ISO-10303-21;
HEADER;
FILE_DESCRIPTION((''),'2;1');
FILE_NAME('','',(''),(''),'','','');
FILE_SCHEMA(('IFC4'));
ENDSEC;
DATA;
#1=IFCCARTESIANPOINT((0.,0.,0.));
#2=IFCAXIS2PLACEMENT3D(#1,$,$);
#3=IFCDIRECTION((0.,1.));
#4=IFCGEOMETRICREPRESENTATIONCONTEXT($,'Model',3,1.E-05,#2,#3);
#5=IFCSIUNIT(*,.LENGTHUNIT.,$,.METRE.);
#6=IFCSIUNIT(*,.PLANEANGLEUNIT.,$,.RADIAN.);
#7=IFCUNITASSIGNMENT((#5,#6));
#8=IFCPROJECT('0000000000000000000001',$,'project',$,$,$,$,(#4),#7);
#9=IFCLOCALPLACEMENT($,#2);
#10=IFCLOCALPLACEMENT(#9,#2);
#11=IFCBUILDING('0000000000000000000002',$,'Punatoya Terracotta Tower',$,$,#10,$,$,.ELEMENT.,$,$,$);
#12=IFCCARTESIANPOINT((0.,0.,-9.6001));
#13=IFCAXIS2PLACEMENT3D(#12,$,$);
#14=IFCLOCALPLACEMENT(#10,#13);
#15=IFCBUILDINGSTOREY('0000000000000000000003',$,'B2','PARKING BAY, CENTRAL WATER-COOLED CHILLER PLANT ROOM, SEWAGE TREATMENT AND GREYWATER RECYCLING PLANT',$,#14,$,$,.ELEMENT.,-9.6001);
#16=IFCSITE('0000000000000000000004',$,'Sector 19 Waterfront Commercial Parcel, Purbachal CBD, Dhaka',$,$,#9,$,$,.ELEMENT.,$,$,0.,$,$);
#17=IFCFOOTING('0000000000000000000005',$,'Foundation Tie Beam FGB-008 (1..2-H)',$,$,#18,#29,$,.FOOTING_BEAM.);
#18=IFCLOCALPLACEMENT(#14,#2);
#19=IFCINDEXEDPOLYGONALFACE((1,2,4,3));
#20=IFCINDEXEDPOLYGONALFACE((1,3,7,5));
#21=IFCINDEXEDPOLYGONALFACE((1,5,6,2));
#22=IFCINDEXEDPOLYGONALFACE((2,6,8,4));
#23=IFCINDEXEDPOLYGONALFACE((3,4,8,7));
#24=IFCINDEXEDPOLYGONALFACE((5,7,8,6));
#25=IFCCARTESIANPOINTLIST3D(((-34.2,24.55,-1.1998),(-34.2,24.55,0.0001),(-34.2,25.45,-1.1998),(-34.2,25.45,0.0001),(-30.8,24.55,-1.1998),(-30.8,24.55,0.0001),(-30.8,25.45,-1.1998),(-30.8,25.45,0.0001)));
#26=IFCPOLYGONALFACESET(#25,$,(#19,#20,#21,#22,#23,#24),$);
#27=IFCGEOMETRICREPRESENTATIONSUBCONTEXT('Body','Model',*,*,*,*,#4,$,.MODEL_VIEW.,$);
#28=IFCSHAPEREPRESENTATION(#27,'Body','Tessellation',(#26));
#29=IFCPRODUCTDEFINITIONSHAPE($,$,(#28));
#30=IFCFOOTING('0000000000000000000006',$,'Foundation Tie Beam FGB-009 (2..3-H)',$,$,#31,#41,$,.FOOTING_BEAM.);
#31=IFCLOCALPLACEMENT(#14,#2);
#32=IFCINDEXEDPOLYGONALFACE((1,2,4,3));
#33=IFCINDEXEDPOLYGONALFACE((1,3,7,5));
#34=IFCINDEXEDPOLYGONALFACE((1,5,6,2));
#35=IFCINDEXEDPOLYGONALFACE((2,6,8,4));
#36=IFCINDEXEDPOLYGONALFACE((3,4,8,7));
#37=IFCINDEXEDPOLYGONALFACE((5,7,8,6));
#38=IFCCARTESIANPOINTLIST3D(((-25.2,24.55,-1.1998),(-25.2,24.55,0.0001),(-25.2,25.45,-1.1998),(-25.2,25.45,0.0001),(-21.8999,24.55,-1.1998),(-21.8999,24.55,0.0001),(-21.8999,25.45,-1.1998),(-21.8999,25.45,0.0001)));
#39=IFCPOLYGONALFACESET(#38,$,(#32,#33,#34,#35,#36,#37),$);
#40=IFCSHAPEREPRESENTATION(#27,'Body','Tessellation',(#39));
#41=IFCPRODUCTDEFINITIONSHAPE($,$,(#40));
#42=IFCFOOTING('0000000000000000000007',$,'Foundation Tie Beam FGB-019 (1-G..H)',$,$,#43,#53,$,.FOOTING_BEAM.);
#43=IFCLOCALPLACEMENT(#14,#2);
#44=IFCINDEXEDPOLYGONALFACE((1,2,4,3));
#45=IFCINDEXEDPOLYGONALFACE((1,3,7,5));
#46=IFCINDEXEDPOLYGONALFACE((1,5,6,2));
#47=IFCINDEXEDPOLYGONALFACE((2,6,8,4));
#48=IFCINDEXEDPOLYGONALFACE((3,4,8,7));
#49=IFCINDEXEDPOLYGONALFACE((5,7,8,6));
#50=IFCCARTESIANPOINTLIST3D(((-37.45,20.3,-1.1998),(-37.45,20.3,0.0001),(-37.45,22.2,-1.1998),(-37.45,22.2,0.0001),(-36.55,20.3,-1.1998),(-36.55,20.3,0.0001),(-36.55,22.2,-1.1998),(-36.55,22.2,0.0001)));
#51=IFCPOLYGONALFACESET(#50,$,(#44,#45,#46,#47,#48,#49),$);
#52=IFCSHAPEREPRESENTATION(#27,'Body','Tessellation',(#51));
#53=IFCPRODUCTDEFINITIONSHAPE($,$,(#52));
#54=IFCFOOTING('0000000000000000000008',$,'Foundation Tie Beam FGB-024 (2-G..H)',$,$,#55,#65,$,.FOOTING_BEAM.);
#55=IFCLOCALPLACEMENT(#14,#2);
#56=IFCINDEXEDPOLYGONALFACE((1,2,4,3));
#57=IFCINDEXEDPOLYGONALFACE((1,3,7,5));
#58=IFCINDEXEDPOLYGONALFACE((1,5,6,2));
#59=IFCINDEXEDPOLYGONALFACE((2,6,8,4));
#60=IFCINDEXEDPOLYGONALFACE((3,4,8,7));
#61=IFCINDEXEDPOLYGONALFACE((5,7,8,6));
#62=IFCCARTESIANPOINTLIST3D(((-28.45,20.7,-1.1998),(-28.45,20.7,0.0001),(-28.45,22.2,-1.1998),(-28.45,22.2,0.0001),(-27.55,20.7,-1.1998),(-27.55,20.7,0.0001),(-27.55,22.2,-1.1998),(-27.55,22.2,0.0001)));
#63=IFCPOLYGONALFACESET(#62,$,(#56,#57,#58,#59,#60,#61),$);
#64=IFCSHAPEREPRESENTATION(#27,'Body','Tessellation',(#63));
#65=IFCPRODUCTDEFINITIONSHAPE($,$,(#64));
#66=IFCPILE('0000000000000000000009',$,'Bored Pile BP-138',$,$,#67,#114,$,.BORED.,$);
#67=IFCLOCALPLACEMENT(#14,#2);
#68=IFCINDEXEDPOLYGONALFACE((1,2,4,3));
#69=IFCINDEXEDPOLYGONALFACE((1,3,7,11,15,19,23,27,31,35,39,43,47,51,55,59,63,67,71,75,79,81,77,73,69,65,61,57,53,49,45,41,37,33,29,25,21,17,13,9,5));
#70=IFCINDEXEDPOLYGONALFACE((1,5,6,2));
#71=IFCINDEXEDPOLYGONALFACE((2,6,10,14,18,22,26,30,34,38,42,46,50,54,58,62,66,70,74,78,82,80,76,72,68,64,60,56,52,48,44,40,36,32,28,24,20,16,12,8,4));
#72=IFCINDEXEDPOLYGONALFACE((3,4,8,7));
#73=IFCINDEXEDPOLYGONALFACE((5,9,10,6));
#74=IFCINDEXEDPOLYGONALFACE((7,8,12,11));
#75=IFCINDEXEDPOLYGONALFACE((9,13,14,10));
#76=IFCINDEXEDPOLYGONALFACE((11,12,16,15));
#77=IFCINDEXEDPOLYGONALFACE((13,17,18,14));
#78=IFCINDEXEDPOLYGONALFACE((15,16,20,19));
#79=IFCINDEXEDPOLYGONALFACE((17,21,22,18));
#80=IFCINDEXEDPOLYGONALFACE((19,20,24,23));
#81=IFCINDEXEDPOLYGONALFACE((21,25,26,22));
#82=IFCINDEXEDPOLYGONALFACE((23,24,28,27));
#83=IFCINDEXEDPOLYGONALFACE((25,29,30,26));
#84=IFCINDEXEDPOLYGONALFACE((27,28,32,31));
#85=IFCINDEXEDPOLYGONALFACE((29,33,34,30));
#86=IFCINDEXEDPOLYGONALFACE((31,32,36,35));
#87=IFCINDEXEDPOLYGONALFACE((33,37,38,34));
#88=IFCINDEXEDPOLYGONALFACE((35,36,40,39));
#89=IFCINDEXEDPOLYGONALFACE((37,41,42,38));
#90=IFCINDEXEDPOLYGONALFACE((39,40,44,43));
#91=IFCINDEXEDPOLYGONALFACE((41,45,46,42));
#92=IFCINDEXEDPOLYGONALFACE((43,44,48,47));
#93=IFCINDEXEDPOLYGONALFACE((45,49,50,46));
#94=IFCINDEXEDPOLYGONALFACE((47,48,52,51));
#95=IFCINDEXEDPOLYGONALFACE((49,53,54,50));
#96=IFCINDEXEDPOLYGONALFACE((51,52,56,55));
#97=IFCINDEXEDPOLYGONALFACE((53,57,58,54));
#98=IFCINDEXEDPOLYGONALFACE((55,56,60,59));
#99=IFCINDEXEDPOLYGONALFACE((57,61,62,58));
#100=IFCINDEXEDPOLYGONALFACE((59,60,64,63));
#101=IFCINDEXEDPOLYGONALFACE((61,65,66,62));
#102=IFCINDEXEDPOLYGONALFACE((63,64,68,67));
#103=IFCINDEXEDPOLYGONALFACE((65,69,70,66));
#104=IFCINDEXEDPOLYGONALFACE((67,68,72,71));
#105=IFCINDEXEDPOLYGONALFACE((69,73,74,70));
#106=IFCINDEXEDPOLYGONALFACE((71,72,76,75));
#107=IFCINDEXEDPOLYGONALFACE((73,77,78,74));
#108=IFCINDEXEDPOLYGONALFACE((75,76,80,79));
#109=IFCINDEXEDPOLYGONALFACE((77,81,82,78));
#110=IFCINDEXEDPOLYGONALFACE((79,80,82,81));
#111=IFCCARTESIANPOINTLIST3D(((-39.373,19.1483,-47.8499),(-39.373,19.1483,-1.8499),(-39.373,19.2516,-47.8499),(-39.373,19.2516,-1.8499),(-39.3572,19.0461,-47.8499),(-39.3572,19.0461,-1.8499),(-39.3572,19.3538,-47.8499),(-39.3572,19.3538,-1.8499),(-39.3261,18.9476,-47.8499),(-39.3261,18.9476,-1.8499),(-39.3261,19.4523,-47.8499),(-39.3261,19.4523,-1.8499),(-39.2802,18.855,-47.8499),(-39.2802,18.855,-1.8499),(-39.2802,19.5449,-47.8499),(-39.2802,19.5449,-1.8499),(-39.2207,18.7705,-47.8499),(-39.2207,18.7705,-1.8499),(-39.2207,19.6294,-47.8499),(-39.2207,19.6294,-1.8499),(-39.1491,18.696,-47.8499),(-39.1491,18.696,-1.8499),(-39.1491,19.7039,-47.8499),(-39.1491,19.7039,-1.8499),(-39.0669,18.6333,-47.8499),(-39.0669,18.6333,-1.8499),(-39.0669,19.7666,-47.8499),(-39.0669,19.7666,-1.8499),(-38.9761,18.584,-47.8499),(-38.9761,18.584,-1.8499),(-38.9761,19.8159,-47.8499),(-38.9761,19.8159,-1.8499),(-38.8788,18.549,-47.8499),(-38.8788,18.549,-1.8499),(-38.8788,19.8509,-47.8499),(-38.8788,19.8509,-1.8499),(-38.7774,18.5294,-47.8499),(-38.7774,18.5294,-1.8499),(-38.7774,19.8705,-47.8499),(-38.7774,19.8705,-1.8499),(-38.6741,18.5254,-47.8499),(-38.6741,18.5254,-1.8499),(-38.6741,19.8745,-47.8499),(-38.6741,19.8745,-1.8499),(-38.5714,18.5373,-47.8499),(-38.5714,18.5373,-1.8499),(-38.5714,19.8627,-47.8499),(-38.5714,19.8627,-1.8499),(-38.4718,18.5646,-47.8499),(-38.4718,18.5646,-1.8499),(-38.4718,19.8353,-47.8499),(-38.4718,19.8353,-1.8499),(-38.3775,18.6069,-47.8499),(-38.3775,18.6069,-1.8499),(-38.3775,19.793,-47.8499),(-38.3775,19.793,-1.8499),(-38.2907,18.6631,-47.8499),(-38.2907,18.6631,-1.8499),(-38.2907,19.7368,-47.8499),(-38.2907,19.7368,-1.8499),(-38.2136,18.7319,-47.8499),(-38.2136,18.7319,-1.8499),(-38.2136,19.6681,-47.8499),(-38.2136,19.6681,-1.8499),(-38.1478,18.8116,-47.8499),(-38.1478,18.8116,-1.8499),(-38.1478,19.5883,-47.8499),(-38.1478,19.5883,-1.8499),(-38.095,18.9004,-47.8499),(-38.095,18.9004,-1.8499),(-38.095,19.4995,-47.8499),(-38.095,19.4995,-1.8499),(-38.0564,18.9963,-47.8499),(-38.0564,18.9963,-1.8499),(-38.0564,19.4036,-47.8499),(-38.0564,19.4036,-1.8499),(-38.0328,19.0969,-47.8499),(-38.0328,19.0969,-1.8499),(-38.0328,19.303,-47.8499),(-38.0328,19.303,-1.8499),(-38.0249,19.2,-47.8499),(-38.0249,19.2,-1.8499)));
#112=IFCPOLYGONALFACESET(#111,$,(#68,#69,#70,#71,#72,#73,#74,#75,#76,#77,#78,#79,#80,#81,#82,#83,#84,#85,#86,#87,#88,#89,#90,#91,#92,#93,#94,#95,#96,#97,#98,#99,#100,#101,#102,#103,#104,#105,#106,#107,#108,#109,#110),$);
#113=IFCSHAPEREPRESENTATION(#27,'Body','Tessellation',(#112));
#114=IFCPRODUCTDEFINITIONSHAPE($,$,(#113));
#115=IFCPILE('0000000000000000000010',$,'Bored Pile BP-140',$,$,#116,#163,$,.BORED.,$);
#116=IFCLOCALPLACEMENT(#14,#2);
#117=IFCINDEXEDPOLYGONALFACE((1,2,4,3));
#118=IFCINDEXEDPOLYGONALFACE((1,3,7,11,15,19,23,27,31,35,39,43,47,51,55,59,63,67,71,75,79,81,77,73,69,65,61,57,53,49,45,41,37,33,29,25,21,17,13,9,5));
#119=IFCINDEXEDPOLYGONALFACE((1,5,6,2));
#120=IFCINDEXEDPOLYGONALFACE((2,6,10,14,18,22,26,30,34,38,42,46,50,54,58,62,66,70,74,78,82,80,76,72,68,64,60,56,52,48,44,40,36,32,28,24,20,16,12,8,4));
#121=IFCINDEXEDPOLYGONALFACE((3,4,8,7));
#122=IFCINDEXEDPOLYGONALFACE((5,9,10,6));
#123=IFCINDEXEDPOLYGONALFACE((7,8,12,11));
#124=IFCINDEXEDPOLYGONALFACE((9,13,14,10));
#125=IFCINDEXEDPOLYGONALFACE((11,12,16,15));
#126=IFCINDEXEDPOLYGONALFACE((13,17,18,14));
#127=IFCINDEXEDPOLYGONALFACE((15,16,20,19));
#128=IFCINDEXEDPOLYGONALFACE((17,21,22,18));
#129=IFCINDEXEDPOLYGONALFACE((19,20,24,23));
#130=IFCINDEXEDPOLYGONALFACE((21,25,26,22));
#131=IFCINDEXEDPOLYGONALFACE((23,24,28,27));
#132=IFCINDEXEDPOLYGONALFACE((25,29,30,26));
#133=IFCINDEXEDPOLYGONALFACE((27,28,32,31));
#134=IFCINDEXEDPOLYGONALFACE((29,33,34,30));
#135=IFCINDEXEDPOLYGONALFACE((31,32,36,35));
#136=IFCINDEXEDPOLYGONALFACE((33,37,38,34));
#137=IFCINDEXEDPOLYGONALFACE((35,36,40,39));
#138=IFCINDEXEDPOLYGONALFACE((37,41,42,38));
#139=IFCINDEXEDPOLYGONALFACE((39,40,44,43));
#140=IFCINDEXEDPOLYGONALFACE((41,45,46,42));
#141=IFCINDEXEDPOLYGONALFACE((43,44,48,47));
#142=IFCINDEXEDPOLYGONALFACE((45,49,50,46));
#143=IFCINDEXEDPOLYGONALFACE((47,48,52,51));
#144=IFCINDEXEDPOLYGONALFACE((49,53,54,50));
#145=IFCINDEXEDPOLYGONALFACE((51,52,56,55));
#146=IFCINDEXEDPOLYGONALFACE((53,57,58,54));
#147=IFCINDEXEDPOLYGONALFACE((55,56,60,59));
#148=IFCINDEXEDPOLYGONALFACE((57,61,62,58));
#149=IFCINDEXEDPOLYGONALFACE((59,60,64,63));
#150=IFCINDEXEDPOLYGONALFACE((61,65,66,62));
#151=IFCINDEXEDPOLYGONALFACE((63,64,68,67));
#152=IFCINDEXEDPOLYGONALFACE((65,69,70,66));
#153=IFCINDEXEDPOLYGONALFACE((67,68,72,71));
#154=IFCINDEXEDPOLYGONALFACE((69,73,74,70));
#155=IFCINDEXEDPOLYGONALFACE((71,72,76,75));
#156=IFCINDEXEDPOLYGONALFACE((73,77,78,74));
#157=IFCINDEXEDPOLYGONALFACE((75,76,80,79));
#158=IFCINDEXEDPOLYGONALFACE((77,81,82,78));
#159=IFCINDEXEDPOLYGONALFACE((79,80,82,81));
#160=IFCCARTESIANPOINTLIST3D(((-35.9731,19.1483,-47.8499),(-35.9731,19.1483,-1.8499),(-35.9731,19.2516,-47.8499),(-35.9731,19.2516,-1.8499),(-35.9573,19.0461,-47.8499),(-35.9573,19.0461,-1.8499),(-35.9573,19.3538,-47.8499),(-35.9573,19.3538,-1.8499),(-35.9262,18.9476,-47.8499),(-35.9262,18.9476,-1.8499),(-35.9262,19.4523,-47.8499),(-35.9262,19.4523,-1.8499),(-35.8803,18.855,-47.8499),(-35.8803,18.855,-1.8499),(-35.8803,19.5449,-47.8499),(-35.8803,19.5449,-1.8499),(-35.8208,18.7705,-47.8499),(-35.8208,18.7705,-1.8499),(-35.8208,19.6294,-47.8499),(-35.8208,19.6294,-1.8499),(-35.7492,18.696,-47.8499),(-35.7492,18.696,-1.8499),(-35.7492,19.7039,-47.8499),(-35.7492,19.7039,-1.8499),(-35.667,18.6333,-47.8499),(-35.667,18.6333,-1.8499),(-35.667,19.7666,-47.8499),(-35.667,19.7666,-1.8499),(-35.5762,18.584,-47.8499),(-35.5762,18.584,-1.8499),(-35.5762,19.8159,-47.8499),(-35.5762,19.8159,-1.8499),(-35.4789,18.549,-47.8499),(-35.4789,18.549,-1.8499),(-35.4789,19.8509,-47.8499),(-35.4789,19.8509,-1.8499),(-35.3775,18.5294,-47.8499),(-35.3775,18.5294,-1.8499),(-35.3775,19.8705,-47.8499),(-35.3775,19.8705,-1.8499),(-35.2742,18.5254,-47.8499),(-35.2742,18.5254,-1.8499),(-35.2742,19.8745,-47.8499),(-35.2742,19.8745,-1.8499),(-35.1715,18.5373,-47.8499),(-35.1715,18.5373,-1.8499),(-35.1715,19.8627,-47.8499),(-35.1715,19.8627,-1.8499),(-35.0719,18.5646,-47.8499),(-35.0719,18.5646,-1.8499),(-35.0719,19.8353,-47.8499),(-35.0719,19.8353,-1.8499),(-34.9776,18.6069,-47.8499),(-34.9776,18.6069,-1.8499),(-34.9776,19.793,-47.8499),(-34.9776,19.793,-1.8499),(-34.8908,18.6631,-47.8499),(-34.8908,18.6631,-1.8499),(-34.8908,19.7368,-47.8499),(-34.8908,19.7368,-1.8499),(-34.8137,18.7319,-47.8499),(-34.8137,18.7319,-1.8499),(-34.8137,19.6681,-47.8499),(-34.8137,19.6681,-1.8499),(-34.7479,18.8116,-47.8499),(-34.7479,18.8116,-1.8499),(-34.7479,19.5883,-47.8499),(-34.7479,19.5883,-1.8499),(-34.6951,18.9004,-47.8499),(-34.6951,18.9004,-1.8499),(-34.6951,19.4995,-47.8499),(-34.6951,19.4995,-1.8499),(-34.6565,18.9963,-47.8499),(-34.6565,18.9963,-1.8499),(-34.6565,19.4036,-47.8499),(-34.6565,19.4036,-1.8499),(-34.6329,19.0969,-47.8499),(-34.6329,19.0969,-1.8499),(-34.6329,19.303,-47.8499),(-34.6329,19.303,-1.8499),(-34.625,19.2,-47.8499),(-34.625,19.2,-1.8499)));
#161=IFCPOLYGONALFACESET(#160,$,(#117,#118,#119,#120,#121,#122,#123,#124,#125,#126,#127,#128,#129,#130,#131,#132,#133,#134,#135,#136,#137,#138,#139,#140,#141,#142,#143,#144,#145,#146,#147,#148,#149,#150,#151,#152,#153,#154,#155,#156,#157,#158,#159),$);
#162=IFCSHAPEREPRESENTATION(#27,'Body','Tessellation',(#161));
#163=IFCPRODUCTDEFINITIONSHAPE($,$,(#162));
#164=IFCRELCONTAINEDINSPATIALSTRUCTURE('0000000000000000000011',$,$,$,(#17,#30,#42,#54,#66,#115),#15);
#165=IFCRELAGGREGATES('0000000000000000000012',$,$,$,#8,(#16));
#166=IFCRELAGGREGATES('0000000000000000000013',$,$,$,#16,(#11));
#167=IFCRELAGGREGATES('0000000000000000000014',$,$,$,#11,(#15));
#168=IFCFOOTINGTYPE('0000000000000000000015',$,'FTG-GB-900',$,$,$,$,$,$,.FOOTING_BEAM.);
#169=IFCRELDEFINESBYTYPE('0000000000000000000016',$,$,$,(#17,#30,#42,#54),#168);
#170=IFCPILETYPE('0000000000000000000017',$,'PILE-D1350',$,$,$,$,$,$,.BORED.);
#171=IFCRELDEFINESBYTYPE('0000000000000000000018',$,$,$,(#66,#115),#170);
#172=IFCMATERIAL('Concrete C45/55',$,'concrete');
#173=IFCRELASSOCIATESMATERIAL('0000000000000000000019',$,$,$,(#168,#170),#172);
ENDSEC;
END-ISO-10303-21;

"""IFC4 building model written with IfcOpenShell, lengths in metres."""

from ifc_helpers import new_model, si_unit, direction, frame, origin, origin_2d, place, context, subcontext, project, spatial, rectangle, circle, extrude, material, material_profile, profile_set, type_object, element, save


model = new_model("IFC4")

# Units and contexts
model_context = context("Model", 3, precision=1e-05, world=origin(), true_north=direction((0.0, 1.0)))
body_context = subcontext(model_context, "Body", "Model", "MODEL_VIEW")
ifc_project = project(units=[si_unit("LENGTHUNIT", "METRE"), si_unit("PLANEANGLEUNIT", "RADIAN")], contexts=[model_context])

# Site, building, storey
site_placement = place(None, origin())
site = spatial("IfcSite", under=ifc_project, at=site_placement, Name="Sector 19 Waterfront Commercial Parcel, Purbachal CBD, Dhaka", CompositionType="ELEMENT", RefElevation=0.0)
building_placement = place(site_placement, origin())
building = spatial("IfcBuilding", under=site, at=building_placement, Name="Punatoya Terracotta Tower", CompositionType="ELEMENT")
storey_placement = place(building_placement, frame((0.0, 0.0, -9.6001)))
storey = spatial("IfcBuildingStorey", under=building, at=storey_placement, Name="B2", Description="PARKING BAY, CENTRAL WATER-COOLED CHILLER PLANT ROOM, SEWAGE TREATMENT AND GREYWATER RECYCLING PLANT", CompositionType="ELEMENT", Elevation=-9.6001)

# Footings
ifc_material_1 = material(Name="Concrete C45/55", Category="concrete")
ifc_material_profile_1 = material_profile(ifc_material_1, rectangle(XDim=0.8999, YDim=1.2, at=origin_2d()))
ifc_profile_set_1 = profile_set([ifc_material_profile_1], Name="Concrete C45/55")
footing_type = type_object("IfcFootingType", Name="FTG-GB-900", PredefinedType="FOOTING_BEAM", material=ifc_profile_set_1)
footing_1_placement = place(storey_placement, frame((-34.2, 25.0, -0.5999), z_axis=(1.0, 0.0, 0.0), x_axis=(0.0, 1.0, 0.0)))
element("IfcFooting", 1, at=footing_1_placement, inside=storey, type_object=footing_type, Name="Foundation Tie Beam FGB-008 (1..2-H)", PredefinedType="FOOTING_BEAM", context=body_context, shape_type="SweptSolid", body=[
    extrude(rectangle(XDim=0.8999, YDim=1.2, at=origin_2d()), origin(), (0.0, 0.0, 1.0), 3.3999),
])
footing_2_placement = place(storey_placement, frame((-25.2, 25.0, -0.5999), z_axis=(1.0, 0.0, 0.0), x_axis=(0.0, 1.0, 0.0)))
element("IfcFooting", 2, at=footing_2_placement, inside=storey, type_object=footing_type, Name="Foundation Tie Beam FGB-009 (2..3-H)", PredefinedType="FOOTING_BEAM", context=body_context, shape_type="SweptSolid", body=[
    extrude(rectangle(XDim=0.8999, YDim=1.2, at=origin_2d()), origin(), (0.0, 0.0, 1.0), 3.3),
])
footing_3_placement = place(storey_placement, frame((-37.0, 20.3, -0.5999), z_axis=(0.0, 1.0, 0.0), x_axis=(-1.0, 0.0, 0.0)))
element("IfcFooting", 3, at=footing_3_placement, inside=storey, type_object=footing_type, Name="Foundation Tie Beam FGB-019 (1-G..H)", PredefinedType="FOOTING_BEAM", context=body_context, shape_type="SweptSolid", body=[
    extrude(rectangle(XDim=0.8999, YDim=1.2, at=origin_2d()), origin(), (0.0, 0.0, 1.0), 1.8999),
])
footing_4_placement = place(storey_placement, frame((-28.0, 20.7, -0.5999), z_axis=(0.0, 1.0, 0.0), x_axis=(-1.0, 0.0, 0.0)))
element("IfcFooting", 4, at=footing_4_placement, inside=storey, type_object=footing_type, Name="Foundation Tie Beam FGB-024 (2-G..H)", PredefinedType="FOOTING_BEAM", context=body_context, shape_type="SweptSolid", body=[
    extrude(rectangle(XDim=0.8999, YDim=1.2, at=origin_2d()), origin(), (0.0, 0.0, 1.0), 1.5),
])

# Piles
ifc_material_profile_2 = material_profile(ifc_material_1, circle(Radius=0.675, at=origin_2d()))
ifc_profile_set_2 = profile_set([ifc_material_profile_2], Name="Concrete C45/55")
pile_type_1 = type_object("IfcPileType", Name="PILE-D1350", PredefinedType="BORED", material=ifc_profile_set_2)
for number, where, z_axis, x_axis, name in (
    (5, (-38.7, 19.2, -1.8499), (0.0, 0.0, -1.0), (1.0, 0.0, 0.0), "Bored Pile BP-138"),
    (6, (-35.3, 19.2, -1.8499), (0.0, 0.0, -1.0), (1.0, 0.0, 0.0), "Bored Pile BP-140"),
):
    element("IfcPile", number, at=place(storey_placement, frame(where, z_axis=z_axis, x_axis=x_axis)), inside=storey, type_object=pile_type_1, Name=name, PredefinedType="BORED", context=body_context, shape_type="SweptSolid", body=[
        extrude(circle(Radius=0.675, at=origin_2d()), origin(), (0.0, 0.0, 1.0), 46.0),
    ])

save(model, "model.ifc")
